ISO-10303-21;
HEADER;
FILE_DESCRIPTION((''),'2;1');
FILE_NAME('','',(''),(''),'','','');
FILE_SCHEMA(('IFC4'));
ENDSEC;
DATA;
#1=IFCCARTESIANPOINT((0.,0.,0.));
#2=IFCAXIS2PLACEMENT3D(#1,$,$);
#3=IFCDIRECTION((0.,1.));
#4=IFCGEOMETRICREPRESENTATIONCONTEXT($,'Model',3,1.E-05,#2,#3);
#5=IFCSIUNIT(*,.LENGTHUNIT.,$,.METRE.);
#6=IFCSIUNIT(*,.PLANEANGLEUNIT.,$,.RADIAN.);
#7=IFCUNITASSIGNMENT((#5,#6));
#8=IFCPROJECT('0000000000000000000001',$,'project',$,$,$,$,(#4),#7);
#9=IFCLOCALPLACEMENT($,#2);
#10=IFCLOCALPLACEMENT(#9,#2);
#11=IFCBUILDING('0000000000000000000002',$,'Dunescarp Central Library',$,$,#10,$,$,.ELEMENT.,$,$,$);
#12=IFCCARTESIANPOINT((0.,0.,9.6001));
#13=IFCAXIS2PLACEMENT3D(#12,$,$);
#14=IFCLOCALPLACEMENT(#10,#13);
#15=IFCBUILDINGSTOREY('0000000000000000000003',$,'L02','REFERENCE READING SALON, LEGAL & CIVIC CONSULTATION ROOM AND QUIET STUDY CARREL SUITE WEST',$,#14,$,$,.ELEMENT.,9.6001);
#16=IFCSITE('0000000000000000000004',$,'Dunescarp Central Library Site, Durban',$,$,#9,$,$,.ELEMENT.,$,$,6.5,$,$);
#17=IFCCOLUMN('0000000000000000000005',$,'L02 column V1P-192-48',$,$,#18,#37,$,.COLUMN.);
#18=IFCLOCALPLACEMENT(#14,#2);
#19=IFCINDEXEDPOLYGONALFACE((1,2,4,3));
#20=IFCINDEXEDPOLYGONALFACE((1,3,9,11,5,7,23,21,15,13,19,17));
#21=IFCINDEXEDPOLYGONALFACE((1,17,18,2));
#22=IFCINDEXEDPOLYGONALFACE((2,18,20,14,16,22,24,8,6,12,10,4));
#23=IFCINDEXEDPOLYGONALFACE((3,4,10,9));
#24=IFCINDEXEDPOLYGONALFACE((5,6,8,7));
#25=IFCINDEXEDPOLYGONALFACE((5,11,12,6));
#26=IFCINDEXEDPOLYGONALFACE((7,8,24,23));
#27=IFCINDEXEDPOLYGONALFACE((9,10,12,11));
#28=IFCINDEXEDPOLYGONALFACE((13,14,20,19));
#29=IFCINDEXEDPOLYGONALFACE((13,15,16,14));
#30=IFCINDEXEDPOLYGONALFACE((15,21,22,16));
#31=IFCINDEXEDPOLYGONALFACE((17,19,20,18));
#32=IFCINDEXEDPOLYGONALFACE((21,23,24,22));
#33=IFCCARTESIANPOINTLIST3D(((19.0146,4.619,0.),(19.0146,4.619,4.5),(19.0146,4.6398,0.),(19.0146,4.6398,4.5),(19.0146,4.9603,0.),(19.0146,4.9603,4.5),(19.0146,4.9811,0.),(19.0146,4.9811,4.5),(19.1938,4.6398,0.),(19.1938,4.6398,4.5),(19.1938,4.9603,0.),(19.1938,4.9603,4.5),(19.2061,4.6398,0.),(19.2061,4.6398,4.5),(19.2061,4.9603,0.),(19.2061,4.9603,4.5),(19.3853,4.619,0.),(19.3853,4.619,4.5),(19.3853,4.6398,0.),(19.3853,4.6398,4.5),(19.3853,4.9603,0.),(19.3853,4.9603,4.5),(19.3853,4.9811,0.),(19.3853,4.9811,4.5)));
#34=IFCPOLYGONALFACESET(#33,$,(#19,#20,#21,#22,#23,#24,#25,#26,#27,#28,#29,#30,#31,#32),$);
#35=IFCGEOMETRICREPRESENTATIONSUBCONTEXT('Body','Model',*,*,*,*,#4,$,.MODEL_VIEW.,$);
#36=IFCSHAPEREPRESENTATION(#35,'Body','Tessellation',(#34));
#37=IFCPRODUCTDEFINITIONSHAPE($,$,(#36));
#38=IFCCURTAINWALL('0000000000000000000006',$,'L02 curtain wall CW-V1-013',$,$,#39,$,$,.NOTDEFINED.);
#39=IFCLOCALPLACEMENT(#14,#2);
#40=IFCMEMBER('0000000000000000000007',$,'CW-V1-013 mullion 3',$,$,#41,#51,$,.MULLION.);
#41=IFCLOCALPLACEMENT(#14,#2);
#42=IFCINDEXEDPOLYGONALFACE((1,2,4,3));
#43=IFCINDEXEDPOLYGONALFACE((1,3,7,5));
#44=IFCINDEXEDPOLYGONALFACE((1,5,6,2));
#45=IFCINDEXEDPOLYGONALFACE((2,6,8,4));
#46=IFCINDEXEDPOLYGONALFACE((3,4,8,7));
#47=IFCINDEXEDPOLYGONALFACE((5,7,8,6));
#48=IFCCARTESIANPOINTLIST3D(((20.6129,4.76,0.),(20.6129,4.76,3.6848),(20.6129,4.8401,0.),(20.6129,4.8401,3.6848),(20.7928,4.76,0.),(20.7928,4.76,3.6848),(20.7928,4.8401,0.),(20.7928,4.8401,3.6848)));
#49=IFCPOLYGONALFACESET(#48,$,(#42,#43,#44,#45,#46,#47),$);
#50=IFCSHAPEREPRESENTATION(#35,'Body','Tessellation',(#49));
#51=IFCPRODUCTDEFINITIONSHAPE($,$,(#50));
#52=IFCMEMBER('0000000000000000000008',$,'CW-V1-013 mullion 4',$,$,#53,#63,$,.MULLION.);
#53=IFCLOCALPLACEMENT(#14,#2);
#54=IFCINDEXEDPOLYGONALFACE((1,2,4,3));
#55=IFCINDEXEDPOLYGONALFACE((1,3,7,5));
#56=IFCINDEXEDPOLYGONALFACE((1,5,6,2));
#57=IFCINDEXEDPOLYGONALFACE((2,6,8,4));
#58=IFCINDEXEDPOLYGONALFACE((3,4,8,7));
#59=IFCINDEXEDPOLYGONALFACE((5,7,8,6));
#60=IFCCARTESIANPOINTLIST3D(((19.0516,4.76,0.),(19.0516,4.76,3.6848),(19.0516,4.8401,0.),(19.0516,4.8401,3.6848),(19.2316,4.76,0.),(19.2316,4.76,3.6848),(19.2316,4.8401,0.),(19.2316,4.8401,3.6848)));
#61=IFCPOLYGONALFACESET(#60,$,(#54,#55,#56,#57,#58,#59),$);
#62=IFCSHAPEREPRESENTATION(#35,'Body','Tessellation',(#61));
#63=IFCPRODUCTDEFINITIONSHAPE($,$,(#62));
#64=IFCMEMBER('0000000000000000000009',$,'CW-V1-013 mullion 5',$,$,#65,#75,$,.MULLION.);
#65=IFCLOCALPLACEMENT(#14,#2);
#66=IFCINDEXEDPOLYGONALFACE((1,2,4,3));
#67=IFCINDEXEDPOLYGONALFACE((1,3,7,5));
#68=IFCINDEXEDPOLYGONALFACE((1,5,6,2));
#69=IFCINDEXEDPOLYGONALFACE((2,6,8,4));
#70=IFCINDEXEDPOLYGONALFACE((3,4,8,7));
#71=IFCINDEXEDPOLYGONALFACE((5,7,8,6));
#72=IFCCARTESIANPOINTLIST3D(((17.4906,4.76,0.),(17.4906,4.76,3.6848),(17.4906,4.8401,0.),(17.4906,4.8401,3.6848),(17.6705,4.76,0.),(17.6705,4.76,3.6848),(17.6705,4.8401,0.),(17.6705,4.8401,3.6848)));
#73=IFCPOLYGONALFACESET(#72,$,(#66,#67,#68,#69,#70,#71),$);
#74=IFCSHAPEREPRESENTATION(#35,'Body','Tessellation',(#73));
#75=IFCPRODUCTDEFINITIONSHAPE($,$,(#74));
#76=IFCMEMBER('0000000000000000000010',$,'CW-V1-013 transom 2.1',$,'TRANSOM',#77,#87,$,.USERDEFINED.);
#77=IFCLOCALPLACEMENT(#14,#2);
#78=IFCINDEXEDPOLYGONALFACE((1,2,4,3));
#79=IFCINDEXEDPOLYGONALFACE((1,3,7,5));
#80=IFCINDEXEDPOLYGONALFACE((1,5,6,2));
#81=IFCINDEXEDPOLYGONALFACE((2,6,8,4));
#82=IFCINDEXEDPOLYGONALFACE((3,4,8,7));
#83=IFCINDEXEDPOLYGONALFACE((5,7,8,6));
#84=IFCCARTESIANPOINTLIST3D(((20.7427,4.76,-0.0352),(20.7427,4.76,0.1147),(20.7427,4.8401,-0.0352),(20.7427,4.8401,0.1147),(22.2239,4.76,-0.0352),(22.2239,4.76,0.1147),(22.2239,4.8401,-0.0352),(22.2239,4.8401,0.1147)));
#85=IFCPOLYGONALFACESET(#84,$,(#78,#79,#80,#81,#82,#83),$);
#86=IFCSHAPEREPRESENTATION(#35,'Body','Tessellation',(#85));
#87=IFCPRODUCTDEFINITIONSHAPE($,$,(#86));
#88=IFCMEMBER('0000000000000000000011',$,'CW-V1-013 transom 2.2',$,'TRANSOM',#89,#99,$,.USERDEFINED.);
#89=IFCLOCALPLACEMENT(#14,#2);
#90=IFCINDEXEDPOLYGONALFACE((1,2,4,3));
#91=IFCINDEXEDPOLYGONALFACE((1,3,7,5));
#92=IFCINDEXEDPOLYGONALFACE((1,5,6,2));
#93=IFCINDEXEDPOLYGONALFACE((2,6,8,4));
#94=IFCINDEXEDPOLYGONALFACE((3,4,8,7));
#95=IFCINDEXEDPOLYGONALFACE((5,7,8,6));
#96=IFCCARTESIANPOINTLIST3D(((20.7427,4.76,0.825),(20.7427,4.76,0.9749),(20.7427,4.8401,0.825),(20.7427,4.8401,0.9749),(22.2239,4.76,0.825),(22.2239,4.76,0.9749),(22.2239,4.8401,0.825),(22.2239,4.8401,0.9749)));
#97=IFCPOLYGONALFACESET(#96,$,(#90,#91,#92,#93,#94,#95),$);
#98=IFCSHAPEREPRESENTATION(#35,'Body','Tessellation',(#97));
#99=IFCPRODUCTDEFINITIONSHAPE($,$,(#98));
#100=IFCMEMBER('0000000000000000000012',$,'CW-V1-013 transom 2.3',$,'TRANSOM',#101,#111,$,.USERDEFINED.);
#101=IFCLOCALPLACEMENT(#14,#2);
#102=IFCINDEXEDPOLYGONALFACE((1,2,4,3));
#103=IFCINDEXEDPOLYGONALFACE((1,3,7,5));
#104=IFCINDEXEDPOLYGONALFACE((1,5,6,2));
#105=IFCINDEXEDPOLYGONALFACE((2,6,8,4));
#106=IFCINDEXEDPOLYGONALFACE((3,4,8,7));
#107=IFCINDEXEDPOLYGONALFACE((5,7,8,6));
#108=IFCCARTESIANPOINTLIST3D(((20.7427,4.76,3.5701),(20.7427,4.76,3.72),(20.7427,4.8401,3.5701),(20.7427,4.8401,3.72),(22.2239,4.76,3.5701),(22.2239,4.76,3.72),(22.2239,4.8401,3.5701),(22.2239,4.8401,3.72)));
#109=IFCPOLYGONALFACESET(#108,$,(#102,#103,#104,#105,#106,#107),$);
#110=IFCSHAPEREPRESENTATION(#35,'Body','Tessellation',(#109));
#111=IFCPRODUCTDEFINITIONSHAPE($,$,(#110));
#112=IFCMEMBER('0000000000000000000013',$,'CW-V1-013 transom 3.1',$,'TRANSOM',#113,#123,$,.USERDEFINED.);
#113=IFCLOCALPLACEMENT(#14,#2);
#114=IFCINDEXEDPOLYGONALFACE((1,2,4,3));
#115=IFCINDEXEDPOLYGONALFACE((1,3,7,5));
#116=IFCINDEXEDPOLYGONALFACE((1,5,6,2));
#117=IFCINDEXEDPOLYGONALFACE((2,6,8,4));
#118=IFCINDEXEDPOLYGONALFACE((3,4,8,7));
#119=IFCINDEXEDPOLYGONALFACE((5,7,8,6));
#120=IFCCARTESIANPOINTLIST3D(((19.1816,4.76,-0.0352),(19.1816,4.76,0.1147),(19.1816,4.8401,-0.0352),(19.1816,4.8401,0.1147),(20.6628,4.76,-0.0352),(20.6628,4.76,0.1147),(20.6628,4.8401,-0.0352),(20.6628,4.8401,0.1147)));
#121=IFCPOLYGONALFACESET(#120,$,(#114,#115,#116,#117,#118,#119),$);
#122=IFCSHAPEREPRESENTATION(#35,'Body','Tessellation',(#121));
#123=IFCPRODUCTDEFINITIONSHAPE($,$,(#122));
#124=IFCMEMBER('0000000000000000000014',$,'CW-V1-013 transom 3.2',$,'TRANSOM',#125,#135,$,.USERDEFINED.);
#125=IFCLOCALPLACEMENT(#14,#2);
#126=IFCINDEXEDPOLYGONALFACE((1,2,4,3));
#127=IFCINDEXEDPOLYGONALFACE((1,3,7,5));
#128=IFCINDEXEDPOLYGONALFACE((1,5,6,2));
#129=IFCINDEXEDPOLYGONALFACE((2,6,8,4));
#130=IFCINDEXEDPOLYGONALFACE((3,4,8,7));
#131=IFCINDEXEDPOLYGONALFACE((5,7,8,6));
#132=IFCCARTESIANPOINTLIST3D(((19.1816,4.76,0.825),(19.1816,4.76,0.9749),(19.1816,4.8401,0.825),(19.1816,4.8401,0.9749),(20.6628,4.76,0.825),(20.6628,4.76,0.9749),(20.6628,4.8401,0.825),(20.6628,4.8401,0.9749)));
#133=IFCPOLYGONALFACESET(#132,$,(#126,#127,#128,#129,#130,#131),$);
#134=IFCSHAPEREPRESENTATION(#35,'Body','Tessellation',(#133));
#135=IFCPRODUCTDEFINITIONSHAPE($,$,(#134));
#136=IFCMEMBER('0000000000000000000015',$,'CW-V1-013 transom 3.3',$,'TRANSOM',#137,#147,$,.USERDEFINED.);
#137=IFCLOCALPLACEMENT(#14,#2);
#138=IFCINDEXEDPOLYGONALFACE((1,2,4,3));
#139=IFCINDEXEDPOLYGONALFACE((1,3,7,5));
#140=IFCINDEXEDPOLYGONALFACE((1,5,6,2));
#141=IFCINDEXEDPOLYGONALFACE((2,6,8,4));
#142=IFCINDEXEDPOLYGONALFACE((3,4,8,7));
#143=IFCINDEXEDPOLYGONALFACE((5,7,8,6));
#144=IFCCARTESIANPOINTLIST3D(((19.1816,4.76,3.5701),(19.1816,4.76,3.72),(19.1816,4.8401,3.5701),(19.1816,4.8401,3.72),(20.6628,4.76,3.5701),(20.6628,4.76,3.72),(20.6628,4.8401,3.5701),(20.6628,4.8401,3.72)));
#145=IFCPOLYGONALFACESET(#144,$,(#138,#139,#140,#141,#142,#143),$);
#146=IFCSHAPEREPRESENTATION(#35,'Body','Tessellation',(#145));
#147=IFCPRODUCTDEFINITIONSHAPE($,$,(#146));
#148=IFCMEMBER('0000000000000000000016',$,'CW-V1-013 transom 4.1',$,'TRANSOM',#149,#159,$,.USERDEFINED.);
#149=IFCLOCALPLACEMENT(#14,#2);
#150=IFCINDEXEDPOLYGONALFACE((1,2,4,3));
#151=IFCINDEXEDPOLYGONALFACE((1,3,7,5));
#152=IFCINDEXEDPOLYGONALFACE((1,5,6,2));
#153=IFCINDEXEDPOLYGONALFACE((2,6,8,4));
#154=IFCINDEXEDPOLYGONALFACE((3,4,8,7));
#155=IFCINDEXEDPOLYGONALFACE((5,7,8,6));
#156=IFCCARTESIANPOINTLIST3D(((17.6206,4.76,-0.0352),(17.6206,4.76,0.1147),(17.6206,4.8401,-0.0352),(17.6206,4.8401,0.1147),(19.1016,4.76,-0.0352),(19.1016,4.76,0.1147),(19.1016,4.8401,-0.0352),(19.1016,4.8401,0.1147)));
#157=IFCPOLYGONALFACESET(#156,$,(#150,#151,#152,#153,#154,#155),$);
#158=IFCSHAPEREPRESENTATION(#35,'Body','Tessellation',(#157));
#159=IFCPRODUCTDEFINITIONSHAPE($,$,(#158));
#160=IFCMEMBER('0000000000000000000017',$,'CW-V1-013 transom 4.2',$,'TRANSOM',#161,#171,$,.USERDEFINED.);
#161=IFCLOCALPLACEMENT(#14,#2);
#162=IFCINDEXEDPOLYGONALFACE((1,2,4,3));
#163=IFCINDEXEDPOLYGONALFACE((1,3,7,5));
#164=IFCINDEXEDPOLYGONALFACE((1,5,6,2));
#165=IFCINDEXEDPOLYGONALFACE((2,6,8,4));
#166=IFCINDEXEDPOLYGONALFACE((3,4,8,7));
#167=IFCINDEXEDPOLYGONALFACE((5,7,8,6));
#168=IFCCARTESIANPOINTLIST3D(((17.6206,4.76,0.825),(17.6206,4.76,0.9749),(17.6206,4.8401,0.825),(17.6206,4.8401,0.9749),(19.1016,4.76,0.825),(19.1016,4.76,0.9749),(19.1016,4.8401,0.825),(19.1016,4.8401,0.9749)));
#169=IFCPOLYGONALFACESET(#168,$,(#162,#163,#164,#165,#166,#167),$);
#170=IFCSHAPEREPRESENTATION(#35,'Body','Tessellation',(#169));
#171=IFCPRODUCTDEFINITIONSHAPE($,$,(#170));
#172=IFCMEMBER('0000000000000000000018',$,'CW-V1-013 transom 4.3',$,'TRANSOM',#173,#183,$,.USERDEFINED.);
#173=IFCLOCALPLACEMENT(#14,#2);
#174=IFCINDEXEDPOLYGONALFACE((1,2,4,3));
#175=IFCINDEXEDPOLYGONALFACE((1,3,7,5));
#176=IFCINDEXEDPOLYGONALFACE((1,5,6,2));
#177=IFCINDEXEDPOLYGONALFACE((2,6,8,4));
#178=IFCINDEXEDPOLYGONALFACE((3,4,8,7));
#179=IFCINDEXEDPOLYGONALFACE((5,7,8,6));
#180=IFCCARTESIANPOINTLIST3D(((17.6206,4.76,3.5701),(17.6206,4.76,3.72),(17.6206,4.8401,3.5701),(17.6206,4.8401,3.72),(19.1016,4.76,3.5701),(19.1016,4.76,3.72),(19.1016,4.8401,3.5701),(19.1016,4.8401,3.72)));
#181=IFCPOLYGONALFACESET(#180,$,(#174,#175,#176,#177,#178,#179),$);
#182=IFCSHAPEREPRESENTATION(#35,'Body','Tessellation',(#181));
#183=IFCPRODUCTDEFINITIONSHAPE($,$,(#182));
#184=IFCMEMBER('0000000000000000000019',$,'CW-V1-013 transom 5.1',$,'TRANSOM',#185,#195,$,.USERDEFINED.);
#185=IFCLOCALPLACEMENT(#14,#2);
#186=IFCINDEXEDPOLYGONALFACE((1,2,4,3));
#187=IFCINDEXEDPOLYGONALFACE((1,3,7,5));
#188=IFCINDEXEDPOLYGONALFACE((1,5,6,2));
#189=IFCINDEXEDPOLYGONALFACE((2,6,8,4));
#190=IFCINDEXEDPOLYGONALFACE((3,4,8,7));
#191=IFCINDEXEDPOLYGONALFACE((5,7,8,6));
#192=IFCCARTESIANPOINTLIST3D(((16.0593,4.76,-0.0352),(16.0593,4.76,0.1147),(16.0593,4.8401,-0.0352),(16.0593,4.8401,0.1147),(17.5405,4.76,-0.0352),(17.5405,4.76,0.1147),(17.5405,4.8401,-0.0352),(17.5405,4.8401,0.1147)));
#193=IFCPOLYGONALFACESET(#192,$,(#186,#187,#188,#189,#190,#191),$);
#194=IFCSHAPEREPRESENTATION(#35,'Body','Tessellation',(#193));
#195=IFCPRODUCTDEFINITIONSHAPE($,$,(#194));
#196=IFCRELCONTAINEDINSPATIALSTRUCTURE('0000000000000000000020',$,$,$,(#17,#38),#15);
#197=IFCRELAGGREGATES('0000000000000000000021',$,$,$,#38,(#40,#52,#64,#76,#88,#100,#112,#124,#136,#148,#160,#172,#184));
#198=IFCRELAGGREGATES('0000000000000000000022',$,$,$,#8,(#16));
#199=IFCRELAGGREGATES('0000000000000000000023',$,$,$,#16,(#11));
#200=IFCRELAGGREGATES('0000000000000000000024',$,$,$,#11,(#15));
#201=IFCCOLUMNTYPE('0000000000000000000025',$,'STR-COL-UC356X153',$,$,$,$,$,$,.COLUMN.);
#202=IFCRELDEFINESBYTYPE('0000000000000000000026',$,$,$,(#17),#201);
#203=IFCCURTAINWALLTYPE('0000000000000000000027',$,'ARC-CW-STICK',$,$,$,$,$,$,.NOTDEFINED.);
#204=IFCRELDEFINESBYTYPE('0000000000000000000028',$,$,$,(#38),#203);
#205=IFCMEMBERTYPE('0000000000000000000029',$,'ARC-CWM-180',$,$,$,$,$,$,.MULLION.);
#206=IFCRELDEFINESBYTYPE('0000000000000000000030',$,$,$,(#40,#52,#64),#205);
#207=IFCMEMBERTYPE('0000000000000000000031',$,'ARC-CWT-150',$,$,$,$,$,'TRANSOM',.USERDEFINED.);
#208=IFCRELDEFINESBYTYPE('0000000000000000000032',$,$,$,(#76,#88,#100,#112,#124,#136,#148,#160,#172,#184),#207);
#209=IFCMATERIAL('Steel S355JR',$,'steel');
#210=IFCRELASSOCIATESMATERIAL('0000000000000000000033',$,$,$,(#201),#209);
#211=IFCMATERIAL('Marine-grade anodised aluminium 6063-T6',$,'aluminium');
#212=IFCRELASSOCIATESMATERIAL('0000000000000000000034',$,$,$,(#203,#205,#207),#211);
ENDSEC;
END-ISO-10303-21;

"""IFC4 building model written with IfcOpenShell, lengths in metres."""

from ifc_helpers import new_model, si_unit, direction, frame, origin, origin_2d, place, context, subcontext, project, spatial, rectangle, i_section, extrude, material, material_profile, profile_set, type_object, element, aggregate, save


model = new_model("IFC4")

# Units and contexts
model_context = context("Model", 3, precision=1e-05, world=origin(), true_north=direction((0.0, 1.0)))
body_context = subcontext(model_context, "Body", "Model", "MODEL_VIEW")
ifc_project = project(units=[si_unit("LENGTHUNIT", "METRE"), si_unit("PLANEANGLEUNIT", "RADIAN")], contexts=[model_context])

# Site, building, storey
site_placement = place(None, origin())
site = spatial("IfcSite", under=ifc_project, at=site_placement, Name="Dunescarp Central Library Site, Durban", CompositionType="ELEMENT", RefElevation=6.5)
building_placement = place(site_placement, origin())
building = spatial("IfcBuilding", under=site, at=building_placement, Name="Dunescarp Central Library", CompositionType="ELEMENT")
storey_placement = place(building_placement, frame((0.0, 0.0, 9.6001)))
storey = spatial("IfcBuildingStorey", under=building, at=storey_placement, Name="L02", Description="REFERENCE READING SALON, LEGAL & CIVIC CONSULTATION ROOM AND QUIET STUDY CARREL SUITE WEST", CompositionType="ELEMENT", Elevation=9.6001)

# Column
ifc_material_1 = material(Name="Steel S355JR", Category="steel")
ifc_material_profile_1 = material_profile(ifc_material_1, i_section(OverallWidth=0.3706, OverallDepth=0.3621, WebThickness=0.0122, FlangeThickness=0.0208, at=origin_2d()), Name="UC 356x368x153")
ifc_profile_set_1 = profile_set([ifc_material_profile_1], Name="Steel S355JR")
column_type = type_object("IfcColumnType", Name="STR-COL-UC356X153", PredefinedType="COLUMN", material=ifc_profile_set_1)
column_placement = place(storey_placement, frame((19.2, 4.8, 0.0), z_axis=(0.0, 0.0, 1.0), x_axis=(1.0, 0.0, 0.0)))
element("IfcColumn", 1, at=column_placement, inside=storey, type_object=column_type, Name="L02 column V1P-192-48", PredefinedType="COLUMN", context=body_context, shape_type="SweptSolid", body=[
    extrude(i_section(OverallWidth=0.3706, OverallDepth=0.3621, WebThickness=0.0122, FlangeThickness=0.0208, at=origin_2d()), origin(), (0.0, 0.0, 1.0), 4.5),
])

# Curtain wall, members
ifc_material_2 = material(Name="Marine-grade anodised aluminium 6063-T6", Category="aluminium")
curtain_wall_type = type_object("IfcCurtainWallType", Name="ARC-CW-STICK", PredefinedType="NOTDEFINED", material=ifc_material_2)
curtain_wall_placement = place(storey_placement, origin())
curtain_wall = element("IfcCurtainWall", 2, at=curtain_wall_placement, inside=storey, type_object=curtain_wall_type, Name="L02 curtain wall CW-V1-013", PredefinedType="NOTDEFINED")
ifc_material_profile_2 = material_profile(ifc_material_2, rectangle(XDim=0.0801, YDim=0.1799, at=origin_2d()), Name="AL 80x180")
ifc_profile_set_2 = profile_set([ifc_material_profile_2], Name="Marine-grade anodised aluminium 6063-T6")
member_type_1 = type_object("IfcMemberType", Name="ARC-CWM-180", PredefinedType="MULLION", material=ifc_profile_set_2)
member_1_placement = place(storey_placement, frame((20.7029, 4.8, 0.0), z_axis=(0.0, 0.0, 1.0), x_axis=(0.0, -1.0, 0.0)))
member_1 = element("IfcMember", 3, at=member_1_placement, type_object=member_type_1, Name="CW-V1-013 mullion 3", PredefinedType="MULLION", context=body_context, shape_type="SweptSolid", body=[
    extrude(rectangle(XDim=0.0801, YDim=0.1799, at=origin_2d()), origin(), (0.0, 0.0, 1.0), 3.6848),
])
member_2_placement = place(storey_placement, frame((19.1416, 4.8, 0.0), z_axis=(0.0, 0.0, 1.0), x_axis=(0.0, -1.0, 0.0)))
member_2 = element("IfcMember", 4, at=member_2_placement, type_object=member_type_1, Name="CW-V1-013 mullion 4", PredefinedType="MULLION", context=body_context, shape_type="SweptSolid", body=[
    extrude(rectangle(XDim=0.0801, YDim=0.1799, at=origin_2d()), origin(), (0.0, 0.0, 1.0), 3.6848),
])
member_3_placement = place(storey_placement, frame((17.5806, 4.8, 0.0), z_axis=(0.0, 0.0, 1.0), x_axis=(0.0, -1.0, 0.0)))
member_3 = element("IfcMember", 5, at=member_3_placement, type_object=member_type_1, Name="CW-V1-013 mullion 5", PredefinedType="MULLION", context=body_context, shape_type="SweptSolid", body=[
    extrude(rectangle(XDim=0.0801, YDim=0.1799, at=origin_2d()), origin(), (0.0, 0.0, 1.0), 3.6848),
])
ifc_material_profile_3 = material_profile(ifc_material_2, rectangle(XDim=0.0801, YDim=0.1499, at=origin_2d()), Name="AL 80x150")
ifc_profile_set_3 = profile_set([ifc_material_profile_3], Name="Marine-grade anodised aluminium 6063-T6")
member_type_2 = type_object("IfcMemberType", Name="ARC-CWT-150", ElementType="TRANSOM", PredefinedType="USERDEFINED", material=ifc_profile_set_3)
member_4_placement = place(storey_placement, frame((22.2239, 4.8, 0.0398), z_axis=(-1.0, 0.0, 0.0), x_axis=(0.0, -1.0, 0.0)))
member_4 = element("IfcMember", 6, at=member_4_placement, type_object=member_type_2, Name="CW-V1-013 transom 2.1", ObjectType="TRANSOM", PredefinedType="USERDEFINED", context=body_context, shape_type="SweptSolid", body=[
    extrude(rectangle(XDim=0.0801, YDim=0.1499, at=origin_2d()), origin(), (0.0, 0.0, 1.0), 1.4812),
])
member_5_placement = place(storey_placement, frame((22.2239, 4.8, 0.8999), z_axis=(-1.0, 0.0, 0.0), x_axis=(0.0, -1.0, 0.0)))
member_5 = element("IfcMember", 7, at=member_5_placement, type_object=member_type_2, Name="CW-V1-013 transom 2.2", ObjectType="TRANSOM", PredefinedType="USERDEFINED", context=body_context, shape_type="SweptSolid", body=[
    extrude(rectangle(XDim=0.0801, YDim=0.1499, at=origin_2d()), origin(), (0.0, 0.0, 1.0), 1.4812),
])
member_6_placement = place(storey_placement, frame((22.2239, 4.8, 3.645), z_axis=(-1.0, 0.0, 0.0), x_axis=(0.0, -1.0, 0.0)))
member_6 = element("IfcMember", 8, at=member_6_placement, type_object=member_type_2, Name="CW-V1-013 transom 2.3", ObjectType="TRANSOM", PredefinedType="USERDEFINED", context=body_context, shape_type="SweptSolid", body=[
    extrude(rectangle(XDim=0.0801, YDim=0.1499, at=origin_2d()), origin(), (0.0, 0.0, 1.0), 1.4812),
])
member_7_placement = place(storey_placement, frame((20.6628, 4.8, 0.0398), z_axis=(-1.0, 0.0, 0.0), x_axis=(0.0, -1.0, 0.0)))
member_7 = element("IfcMember", 9, at=member_7_placement, type_object=member_type_2, Name="CW-V1-013 transom 3.1", ObjectType="TRANSOM", PredefinedType="USERDEFINED", context=body_context, shape_type="SweptSolid", body=[
    extrude(rectangle(XDim=0.0801, YDim=0.1499, at=origin_2d()), origin(), (0.0, 0.0, 1.0), 1.4812),
])
member_8_placement = place(storey_placement, frame((20.6628, 4.8, 0.8999), z_axis=(-1.0, 0.0, 0.0), x_axis=(0.0, -1.0, 0.0)))
member_8 = element("IfcMember", 10, at=member_8_placement, type_object=member_type_2, Name="CW-V1-013 transom 3.2", ObjectType="TRANSOM", PredefinedType="USERDEFINED", context=body_context, shape_type="SweptSolid", body=[
    extrude(rectangle(XDim=0.0801, YDim=0.1499, at=origin_2d()), origin(), (0.0, 0.0, 1.0), 1.4812),
])
member_9_placement = place(storey_placement, frame((20.6628, 4.8, 3.645), z_axis=(-1.0, 0.0, 0.0), x_axis=(0.0, -1.0, 0.0)))
member_9 = element("IfcMember", 11, at=member_9_placement, type_object=member_type_2, Name="CW-V1-013 transom 3.3", ObjectType="TRANSOM", PredefinedType="USERDEFINED", context=body_context, shape_type="SweptSolid", body=[
    extrude(rectangle(XDim=0.0801, YDim=0.1499, at=origin_2d()), origin(), (0.0, 0.0, 1.0), 1.4812),
])
member_10_placement = place(storey_placement, frame((19.1016, 4.8, 0.0398), z_axis=(-1.0, 0.0, 0.0), x_axis=(0.0, -1.0, 0.0)))
member_10 = element("IfcMember", 12, at=member_10_placement, type_object=member_type_2, Name="CW-V1-013 transom 4.1", ObjectType="TRANSOM", PredefinedType="USERDEFINED", context=body_context, shape_type="SweptSolid", body=[
    extrude(rectangle(XDim=0.0801, YDim=0.1499, at=origin_2d()), origin(), (0.0, 0.0, 1.0), 1.481),
])
member_11_placement = place(storey_placement, frame((19.1016, 4.8, 0.8999), z_axis=(-1.0, 0.0, 0.0), x_axis=(0.0, -1.0, 0.0)))
member_11 = element("IfcMember", 13, at=member_11_placement, type_object=member_type_2, Name="CW-V1-013 transom 4.2", ObjectType="TRANSOM", PredefinedType="USERDEFINED", context=body_context, shape_type="SweptSolid", body=[
    extrude(rectangle(XDim=0.0801, YDim=0.1499, at=origin_2d()), origin(), (0.0, 0.0, 1.0), 1.481),
])
member_12_placement = place(storey_placement, frame((19.1016, 4.8, 3.645), z_axis=(-1.0, 0.0, 0.0), x_axis=(0.0, -1.0, 0.0)))
member_12 = element("IfcMember", 14, at=member_12_placement, type_object=member_type_2, Name="CW-V1-013 transom 4.3", ObjectType="TRANSOM", PredefinedType="USERDEFINED", context=body_context, shape_type="SweptSolid", body=[
    extrude(rectangle(XDim=0.0801, YDim=0.1499, at=origin_2d()), origin(), (0.0, 0.0, 1.0), 1.481),
])
member_13_placement = place(storey_placement, frame((17.5405, 4.8, 0.0398), z_axis=(-1.0, 0.0, 0.0), x_axis=(0.0, -1.0, 0.0)))
member_13 = element("IfcMember", 15, at=member_13_placement, type_object=member_type_2, Name="CW-V1-013 transom 5.1", ObjectType="TRANSOM", PredefinedType="USERDEFINED", context=body_context, shape_type="SweptSolid", body=[
    extrude(rectangle(XDim=0.0801, YDim=0.1499, at=origin_2d()), origin(), (0.0, 0.0, 1.0), 1.4812),
])

aggregate(curtain_wall, [member_1, member_2, member_3, member_4, member_5, member_6, member_7, member_8, member_9, member_10, member_11, member_12, member_13])

save(model, "model.ifc")
